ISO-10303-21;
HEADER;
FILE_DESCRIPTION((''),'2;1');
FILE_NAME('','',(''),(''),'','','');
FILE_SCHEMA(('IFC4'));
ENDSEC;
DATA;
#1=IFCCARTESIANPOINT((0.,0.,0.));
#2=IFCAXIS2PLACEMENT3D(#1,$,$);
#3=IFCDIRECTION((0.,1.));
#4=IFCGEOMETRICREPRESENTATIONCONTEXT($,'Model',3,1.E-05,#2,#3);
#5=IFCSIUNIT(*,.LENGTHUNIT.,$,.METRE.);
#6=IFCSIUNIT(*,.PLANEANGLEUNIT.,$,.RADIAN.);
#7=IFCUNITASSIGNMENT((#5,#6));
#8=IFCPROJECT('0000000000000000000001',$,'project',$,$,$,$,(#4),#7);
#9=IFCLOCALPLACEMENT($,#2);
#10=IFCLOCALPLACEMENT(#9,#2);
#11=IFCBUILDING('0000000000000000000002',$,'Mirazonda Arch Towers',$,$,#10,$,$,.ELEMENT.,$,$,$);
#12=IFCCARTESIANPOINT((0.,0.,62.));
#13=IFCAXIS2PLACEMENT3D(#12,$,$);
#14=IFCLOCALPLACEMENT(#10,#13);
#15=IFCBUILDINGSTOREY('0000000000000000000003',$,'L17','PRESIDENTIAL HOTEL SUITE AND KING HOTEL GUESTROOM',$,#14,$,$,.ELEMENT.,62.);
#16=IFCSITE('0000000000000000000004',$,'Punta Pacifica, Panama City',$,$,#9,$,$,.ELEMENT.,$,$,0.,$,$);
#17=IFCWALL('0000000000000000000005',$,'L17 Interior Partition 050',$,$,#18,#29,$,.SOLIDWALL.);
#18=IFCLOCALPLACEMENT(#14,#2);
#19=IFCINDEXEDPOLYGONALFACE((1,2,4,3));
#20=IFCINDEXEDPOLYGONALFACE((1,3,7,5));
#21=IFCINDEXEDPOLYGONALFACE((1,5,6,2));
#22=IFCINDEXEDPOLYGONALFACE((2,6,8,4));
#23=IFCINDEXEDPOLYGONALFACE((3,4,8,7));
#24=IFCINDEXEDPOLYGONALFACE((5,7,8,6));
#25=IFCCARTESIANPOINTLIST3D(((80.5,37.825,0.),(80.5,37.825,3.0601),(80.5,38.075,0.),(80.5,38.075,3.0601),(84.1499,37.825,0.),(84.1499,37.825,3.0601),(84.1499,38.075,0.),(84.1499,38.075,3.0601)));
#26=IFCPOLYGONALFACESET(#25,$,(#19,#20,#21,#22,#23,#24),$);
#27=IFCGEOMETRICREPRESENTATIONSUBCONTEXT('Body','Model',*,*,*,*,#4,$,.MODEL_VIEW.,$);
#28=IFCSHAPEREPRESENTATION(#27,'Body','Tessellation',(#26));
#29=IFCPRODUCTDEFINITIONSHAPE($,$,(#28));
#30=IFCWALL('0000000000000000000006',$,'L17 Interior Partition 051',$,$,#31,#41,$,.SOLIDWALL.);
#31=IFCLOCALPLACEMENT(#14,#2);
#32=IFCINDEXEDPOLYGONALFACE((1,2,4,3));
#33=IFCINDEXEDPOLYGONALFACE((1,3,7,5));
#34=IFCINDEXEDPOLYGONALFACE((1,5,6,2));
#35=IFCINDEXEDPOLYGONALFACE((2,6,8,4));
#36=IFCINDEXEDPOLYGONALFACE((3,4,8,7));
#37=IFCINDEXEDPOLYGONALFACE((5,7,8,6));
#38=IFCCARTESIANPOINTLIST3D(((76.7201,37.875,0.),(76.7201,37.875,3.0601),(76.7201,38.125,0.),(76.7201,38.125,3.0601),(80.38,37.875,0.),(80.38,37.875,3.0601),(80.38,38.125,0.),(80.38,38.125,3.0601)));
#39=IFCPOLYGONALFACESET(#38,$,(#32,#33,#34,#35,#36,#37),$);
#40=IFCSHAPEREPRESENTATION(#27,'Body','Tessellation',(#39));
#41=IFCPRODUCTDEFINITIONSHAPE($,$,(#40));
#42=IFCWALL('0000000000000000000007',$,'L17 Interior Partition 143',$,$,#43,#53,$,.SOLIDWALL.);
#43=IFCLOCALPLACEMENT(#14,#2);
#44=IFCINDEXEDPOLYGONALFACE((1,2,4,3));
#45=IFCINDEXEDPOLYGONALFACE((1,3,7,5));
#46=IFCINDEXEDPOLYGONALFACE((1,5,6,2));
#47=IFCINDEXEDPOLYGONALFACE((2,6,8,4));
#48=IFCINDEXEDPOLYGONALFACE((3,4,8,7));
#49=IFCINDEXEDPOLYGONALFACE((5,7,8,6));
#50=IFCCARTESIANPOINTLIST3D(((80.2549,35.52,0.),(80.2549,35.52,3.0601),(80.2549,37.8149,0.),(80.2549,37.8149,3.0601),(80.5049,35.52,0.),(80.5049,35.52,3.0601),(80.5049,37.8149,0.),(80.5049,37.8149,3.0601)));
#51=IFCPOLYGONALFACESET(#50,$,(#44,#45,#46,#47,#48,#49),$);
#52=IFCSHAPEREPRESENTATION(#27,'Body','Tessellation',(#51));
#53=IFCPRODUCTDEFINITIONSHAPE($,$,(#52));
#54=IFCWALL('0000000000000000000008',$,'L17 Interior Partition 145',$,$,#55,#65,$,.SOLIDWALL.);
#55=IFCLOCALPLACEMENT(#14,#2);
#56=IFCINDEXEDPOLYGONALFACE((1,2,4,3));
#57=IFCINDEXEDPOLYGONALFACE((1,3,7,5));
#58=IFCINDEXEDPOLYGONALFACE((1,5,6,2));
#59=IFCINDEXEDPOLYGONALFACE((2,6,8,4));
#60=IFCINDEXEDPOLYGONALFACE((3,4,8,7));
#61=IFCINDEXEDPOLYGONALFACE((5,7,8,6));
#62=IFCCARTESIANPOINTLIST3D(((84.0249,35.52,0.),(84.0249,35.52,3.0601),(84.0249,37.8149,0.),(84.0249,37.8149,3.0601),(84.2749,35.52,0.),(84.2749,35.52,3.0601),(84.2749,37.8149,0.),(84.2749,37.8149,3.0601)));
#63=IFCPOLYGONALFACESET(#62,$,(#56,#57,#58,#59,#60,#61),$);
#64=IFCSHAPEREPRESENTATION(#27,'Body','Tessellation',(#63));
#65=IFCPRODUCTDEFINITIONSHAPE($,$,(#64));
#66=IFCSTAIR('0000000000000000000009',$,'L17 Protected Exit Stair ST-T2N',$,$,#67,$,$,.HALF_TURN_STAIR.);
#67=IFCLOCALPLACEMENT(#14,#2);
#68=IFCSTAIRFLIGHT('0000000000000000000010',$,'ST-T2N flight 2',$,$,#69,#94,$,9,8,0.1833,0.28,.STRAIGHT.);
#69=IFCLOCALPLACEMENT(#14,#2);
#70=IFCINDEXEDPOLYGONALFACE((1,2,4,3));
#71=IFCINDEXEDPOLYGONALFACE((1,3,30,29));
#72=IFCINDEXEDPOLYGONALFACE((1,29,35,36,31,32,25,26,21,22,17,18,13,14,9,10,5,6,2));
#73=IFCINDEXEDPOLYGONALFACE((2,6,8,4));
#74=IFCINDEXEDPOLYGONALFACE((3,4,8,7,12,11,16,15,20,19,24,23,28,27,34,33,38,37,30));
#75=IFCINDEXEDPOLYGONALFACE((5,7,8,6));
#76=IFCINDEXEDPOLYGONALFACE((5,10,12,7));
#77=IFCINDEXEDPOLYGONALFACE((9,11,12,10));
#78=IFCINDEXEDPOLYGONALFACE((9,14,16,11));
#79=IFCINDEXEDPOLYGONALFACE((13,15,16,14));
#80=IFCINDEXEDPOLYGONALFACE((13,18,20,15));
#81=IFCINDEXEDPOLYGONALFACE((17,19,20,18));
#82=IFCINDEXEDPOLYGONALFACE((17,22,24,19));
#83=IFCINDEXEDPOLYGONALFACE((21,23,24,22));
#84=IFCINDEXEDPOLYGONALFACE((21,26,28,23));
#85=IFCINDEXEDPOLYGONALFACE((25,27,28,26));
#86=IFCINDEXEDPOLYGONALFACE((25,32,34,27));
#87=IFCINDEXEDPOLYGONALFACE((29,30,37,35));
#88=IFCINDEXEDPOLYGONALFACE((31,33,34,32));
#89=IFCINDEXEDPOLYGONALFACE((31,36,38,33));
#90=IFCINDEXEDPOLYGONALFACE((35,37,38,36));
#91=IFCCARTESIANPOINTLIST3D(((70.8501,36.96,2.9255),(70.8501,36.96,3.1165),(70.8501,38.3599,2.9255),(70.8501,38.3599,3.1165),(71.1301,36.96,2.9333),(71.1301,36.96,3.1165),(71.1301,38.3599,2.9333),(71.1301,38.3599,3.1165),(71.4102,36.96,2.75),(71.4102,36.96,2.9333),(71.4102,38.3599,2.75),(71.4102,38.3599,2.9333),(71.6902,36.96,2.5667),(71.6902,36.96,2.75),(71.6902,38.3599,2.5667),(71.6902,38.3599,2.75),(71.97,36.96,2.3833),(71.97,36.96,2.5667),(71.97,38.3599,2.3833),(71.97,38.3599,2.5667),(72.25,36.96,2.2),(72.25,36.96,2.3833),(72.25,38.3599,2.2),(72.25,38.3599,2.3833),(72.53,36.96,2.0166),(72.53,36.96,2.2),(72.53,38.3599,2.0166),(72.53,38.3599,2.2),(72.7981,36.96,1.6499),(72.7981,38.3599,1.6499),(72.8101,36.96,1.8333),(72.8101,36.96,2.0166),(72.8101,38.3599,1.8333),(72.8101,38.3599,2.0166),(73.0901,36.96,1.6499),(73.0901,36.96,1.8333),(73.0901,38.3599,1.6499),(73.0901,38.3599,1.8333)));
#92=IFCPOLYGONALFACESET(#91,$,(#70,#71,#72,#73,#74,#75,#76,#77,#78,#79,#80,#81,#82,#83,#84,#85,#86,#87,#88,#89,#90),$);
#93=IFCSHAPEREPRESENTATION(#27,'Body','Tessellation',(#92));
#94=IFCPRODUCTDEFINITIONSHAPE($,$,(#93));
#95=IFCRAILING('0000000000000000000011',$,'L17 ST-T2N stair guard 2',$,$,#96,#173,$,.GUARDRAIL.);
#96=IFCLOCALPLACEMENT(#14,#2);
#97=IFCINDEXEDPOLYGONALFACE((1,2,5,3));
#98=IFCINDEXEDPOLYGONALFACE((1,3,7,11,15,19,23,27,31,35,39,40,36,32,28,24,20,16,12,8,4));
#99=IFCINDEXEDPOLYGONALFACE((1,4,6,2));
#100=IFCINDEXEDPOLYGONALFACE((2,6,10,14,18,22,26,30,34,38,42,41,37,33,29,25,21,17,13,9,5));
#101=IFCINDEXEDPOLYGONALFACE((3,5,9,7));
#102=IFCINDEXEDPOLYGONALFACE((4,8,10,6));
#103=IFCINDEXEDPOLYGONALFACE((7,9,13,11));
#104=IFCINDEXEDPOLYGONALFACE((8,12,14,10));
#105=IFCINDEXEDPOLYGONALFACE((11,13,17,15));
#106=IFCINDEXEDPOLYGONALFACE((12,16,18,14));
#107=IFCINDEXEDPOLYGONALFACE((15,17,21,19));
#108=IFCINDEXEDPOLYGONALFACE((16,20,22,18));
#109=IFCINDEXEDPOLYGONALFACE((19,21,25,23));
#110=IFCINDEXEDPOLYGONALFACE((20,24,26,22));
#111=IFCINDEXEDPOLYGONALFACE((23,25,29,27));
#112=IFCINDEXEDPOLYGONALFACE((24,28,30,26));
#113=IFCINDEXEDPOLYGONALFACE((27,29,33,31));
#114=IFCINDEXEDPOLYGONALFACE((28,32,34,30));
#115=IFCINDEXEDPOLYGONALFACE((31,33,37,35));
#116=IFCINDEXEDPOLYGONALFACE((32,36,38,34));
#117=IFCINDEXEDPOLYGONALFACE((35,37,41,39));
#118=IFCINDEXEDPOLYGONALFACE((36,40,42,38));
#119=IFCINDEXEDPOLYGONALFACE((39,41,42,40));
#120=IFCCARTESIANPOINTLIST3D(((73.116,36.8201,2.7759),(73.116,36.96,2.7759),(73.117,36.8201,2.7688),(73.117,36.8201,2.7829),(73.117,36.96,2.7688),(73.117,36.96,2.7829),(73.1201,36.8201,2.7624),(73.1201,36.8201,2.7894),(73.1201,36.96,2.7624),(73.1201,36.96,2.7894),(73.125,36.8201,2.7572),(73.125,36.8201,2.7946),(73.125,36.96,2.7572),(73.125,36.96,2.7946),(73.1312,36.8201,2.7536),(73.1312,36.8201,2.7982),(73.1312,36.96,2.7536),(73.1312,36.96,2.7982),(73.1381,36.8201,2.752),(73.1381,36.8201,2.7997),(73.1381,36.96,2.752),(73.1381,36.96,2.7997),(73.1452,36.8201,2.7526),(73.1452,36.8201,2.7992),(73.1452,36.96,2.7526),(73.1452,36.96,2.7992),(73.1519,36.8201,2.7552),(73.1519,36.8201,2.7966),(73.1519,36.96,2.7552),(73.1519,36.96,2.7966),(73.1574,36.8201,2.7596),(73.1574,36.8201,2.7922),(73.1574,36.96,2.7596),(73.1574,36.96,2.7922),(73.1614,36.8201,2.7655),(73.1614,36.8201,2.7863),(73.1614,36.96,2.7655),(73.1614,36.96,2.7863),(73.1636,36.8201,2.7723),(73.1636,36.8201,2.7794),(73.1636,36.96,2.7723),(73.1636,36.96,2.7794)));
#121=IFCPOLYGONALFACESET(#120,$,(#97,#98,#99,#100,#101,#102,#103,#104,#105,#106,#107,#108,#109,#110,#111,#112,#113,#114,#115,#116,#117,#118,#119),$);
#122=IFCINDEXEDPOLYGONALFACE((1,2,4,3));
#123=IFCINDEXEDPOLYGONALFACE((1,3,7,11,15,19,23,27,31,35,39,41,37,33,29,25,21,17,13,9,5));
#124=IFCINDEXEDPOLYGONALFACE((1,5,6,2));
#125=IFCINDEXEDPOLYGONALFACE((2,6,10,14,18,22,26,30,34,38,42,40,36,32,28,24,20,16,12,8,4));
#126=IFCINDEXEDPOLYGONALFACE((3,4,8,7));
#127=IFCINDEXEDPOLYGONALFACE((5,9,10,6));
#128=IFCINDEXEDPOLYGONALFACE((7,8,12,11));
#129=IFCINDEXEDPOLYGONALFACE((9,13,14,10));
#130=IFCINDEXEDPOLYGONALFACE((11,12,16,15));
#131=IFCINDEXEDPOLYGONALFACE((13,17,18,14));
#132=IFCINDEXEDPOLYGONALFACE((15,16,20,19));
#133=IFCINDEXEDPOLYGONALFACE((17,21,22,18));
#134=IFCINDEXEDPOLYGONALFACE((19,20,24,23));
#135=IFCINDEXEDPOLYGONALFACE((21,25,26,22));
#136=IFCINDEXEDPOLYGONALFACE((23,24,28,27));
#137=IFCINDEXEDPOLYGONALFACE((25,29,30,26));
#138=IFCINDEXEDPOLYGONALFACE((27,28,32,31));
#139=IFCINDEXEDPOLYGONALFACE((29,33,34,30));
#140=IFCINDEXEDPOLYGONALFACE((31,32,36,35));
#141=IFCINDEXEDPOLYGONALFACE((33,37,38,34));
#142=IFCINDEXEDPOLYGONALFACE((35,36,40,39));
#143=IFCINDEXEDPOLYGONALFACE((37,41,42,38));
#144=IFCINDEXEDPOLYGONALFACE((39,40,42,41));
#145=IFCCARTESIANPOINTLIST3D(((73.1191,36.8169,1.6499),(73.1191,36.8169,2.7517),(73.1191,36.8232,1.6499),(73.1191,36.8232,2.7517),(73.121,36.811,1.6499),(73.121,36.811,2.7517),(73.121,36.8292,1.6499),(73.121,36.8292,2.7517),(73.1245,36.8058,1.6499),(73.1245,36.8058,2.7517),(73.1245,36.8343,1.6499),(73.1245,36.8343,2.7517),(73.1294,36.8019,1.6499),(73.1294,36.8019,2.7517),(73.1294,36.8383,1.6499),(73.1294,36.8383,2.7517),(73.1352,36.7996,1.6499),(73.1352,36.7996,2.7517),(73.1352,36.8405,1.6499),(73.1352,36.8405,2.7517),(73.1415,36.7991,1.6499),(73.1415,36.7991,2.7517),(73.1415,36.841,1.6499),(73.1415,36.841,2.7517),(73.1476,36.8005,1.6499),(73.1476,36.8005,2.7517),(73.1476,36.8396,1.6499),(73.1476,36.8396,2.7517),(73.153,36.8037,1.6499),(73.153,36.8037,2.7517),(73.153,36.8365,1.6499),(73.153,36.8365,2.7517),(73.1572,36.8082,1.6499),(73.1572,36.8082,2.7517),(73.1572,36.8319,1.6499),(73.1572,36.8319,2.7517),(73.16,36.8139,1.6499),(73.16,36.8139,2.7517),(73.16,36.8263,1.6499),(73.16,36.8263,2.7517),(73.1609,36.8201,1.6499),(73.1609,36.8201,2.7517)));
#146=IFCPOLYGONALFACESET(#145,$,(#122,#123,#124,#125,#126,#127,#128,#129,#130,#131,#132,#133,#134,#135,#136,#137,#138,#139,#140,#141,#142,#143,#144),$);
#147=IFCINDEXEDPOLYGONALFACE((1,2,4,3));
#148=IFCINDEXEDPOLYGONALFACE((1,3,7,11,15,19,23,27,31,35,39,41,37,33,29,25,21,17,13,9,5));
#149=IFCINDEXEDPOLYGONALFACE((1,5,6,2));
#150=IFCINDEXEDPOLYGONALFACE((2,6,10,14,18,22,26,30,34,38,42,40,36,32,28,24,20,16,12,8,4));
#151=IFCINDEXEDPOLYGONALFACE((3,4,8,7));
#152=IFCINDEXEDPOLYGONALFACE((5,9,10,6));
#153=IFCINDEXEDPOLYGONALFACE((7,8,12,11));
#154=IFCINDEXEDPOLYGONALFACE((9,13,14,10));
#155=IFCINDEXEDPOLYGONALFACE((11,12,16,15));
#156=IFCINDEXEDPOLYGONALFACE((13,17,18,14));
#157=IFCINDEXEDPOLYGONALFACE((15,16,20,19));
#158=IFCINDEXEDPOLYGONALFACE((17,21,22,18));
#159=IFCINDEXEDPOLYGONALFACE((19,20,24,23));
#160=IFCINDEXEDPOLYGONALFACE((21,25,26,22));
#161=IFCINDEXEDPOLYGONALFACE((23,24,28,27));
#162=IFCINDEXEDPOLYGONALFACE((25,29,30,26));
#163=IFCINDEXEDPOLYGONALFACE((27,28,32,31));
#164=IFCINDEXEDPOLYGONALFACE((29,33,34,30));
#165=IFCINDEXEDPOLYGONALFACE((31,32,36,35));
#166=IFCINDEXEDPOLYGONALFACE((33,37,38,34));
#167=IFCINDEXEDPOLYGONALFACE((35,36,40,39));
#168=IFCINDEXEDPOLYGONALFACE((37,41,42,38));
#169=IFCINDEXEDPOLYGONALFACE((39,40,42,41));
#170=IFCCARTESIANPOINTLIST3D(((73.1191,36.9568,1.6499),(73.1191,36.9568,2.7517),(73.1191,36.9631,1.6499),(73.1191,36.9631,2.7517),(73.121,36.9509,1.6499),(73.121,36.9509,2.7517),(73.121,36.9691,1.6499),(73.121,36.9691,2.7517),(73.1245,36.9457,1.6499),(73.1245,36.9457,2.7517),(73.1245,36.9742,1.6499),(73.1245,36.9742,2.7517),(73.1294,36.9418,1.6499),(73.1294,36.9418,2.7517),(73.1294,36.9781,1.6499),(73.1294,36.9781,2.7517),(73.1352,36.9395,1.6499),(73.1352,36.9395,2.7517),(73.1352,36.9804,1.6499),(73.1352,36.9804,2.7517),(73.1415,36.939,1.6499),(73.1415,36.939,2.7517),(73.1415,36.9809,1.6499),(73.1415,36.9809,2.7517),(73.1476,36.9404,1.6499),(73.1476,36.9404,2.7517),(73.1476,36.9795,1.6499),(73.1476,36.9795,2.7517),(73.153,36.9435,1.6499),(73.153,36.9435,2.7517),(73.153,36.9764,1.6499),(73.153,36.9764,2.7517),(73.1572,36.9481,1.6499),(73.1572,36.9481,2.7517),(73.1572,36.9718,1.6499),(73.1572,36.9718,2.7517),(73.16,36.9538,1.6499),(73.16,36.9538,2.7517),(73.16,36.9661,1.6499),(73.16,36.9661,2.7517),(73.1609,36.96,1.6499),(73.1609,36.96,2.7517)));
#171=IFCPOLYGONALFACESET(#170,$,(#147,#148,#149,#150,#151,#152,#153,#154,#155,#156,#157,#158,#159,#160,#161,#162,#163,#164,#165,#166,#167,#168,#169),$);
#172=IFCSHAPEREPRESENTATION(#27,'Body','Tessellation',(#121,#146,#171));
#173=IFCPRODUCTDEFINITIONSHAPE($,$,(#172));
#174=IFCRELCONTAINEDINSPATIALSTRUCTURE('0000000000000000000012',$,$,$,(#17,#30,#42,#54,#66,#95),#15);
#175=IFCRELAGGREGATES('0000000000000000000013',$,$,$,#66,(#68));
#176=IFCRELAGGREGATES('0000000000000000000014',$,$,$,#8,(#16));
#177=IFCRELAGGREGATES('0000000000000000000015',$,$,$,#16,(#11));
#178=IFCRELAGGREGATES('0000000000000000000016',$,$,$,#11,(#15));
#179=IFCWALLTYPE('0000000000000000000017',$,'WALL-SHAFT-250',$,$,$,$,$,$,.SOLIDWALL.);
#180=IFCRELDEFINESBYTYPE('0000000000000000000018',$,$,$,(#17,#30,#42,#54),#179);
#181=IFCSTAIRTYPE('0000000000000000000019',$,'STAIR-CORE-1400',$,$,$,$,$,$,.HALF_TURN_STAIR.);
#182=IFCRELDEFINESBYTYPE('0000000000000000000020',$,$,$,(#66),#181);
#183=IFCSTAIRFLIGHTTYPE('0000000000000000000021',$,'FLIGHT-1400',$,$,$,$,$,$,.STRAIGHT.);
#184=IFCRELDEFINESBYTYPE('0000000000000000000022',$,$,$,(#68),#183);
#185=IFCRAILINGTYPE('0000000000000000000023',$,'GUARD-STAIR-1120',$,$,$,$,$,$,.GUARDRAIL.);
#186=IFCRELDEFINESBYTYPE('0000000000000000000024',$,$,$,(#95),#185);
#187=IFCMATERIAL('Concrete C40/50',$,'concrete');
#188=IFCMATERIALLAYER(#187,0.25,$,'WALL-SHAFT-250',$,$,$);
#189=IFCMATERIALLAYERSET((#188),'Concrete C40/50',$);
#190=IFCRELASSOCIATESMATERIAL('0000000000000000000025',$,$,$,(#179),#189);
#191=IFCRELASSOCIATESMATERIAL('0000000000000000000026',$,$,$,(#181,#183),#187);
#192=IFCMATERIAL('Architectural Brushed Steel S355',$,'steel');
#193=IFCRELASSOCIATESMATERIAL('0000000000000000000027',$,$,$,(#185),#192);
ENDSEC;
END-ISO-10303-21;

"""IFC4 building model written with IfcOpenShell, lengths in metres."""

from ifc_helpers import new_model, si_unit, direction, frame, frame_2d, origin, origin_2d, place, context, subcontext, project, spatial, polyline, rectangle, circle, outline, extrude, material, layer, layer_set, type_object, element, aggregate, save


model = new_model("IFC4")

# Units and contexts
model_context = context("Model", 3, precision=1e-05, world=origin(), true_north=direction((0.0, 1.0)))
body_context = subcontext(model_context, "Body", "Model", "MODEL_VIEW")
ifc_project = project(units=[si_unit("LENGTHUNIT", "METRE"), si_unit("PLANEANGLEUNIT", "RADIAN")], contexts=[model_context])

# Site, building, storey
site_placement = place(None, origin())
site = spatial("IfcSite", under=ifc_project, at=site_placement, Name="Punta Pacifica, Panama City", CompositionType="ELEMENT", RefElevation=0.0)
building_placement = place(site_placement, origin())
building = spatial("IfcBuilding", under=site, at=building_placement, Name="Mirazonda Arch Towers", CompositionType="ELEMENT")
storey_placement = place(building_placement, frame((0.0, 0.0, 62.0)))
storey = spatial("IfcBuildingStorey", under=building, at=storey_placement, Name="L17", Description="PRESIDENTIAL HOTEL SUITE AND KING HOTEL GUESTROOM", CompositionType="ELEMENT", Elevation=62.0)

# Shared definitions
ifc_material_1 = material(Name="Concrete C40/50", Category="concrete")
ifc_material_2 = material(Name="Architectural Brushed Steel S355", Category="steel")

# Walls
ifc_layer_1 = layer(ifc_material_1, 0.25, Name="WALL-SHAFT-250")
ifc_layer_set_1 = layer_set([ifc_layer_1], Name="Concrete C40/50")
wall_type_1 = type_object("IfcWallType", Name="WALL-SHAFT-250", PredefinedType="SOLIDWALL", material=ifc_layer_set_1)
wall_1_placement = place(storey_placement, frame((80.5, 37.95, 0.0), z_axis=(0.0, 0.0, 1.0), x_axis=(1.0, 0.0, 0.0)))
element("IfcWall", 1, at=wall_1_placement, inside=storey, type_object=wall_type_1, Name="L17 Interior Partition 050", PredefinedType="SOLIDWALL", context=body_context, shape_type="SweptSolid", body=[
    extrude(rectangle(XDim=3.6499, YDim=0.25, at=frame_2d((1.825, 0.0))), origin(), (0.0, 0.0, 1.0), 3.0601),
])
wall_2_placement = place(storey_placement, frame((76.72, 38.0, 0.0), z_axis=(0.0, 0.0, 1.0), x_axis=(1.0, 0.0, 0.0)))
element("IfcWall", 2, at=wall_2_placement, inside=storey, type_object=wall_type_1, Name="L17 Interior Partition 051", PredefinedType="SOLIDWALL", context=body_context, shape_type="SweptSolid", body=[
    extrude(rectangle(XDim=3.6599, YDim=0.25, at=frame_2d((1.8301, 0.0))), origin(), (0.0, 0.0, 1.0), 3.0601),
])
for number, where, z_axis, x_axis, name in (
    (3, (80.3799, 35.52, 0.0), (0.0, 0.0, 1.0), (0.0, 1.0, 0.0), "L17 Interior Partition 143"),
    (4, (84.1499, 35.52, 0.0), (0.0, 0.0, 1.0), (0.0, 1.0, 0.0), "L17 Interior Partition 145"),
):
    element("IfcWall", number, at=place(storey_placement, frame(where, z_axis=z_axis, x_axis=x_axis)), inside=storey, type_object=wall_type_1, Name=name, PredefinedType="SOLIDWALL", context=body_context, shape_type="SweptSolid", body=[
        extrude(rectangle(XDim=2.2949, YDim=0.25, at=frame_2d((1.1475, 0.0))), origin(), (0.0, 0.0, 1.0), 3.0601),
    ])

# Stair, stair flight
stair_type = type_object("IfcStairType", Name="STAIR-CORE-1400", PredefinedType="HALF_TURN_STAIR", material=ifc_material_1)
stair_placement = place(storey_placement, origin())
stair = element("IfcStair", 5, at=stair_placement, inside=storey, type_object=stair_type, Name="L17 Protected Exit Stair ST-T2N", PredefinedType="HALF_TURN_STAIR")
stair_flight_type = type_object("IfcStairFlightType", Name="FLIGHT-1400", PredefinedType="STRAIGHT", material=ifc_material_1)
stair_flight_placement = place(storey_placement, frame((73.0901, 37.6599, 1.6499), z_axis=(0.0, 0.0, 1.0), x_axis=(-1.0, 0.0, 0.0)))
stair_flight = element("IfcStairFlight", 6, at=stair_flight_placement, type_object=stair_flight_type, Name="ST-T2N flight 2", NumberOfRisers=9, NumberOfTreads=8, PredefinedType="STRAIGHT", RiserHeight=0.1833, TreadLength=0.28, context=body_context, shape_type="SweptSolid", body=[
    extrude(outline(polyline([(0.0, 0.0), (0.0, 0.1833), (0.28, 0.1833), (0.28, 0.3667), (0.5601, 0.3667), (0.5601, 0.55), (0.8401, 0.55), (0.8401, 0.7334), (1.1201, 0.7334), (1.1201, 0.9167), (1.3999, 0.9167), (1.3999, 1.1001), (1.6799, 1.1001), (1.6799, 1.2834), (1.96, 1.2834), (1.96, 1.4666), (2.24, 1.4666), (2.24, 1.6499), (2.24, 1.2756), (0.292, 0.0), (0.0, 0.0)])), frame((0.0, 0.7, 0.0), z_axis=(0.0, -1.0, 0.0), x_axis=(1.0, 0.0, 0.0)), (0.0, 0.0, 1.0), 1.3999),
])
aggregate(stair, [stair_flight])

# Railing
railing_type_1 = type_object("IfcRailingType", Name="GUARD-STAIR-1120", PredefinedType="GUARDRAIL", material=ifc_material_2)
railing_1_placement = place(storey_placement, frame((73.1399, 36.8201, 1.6499)))
element("IfcRailing", 7, at=railing_1_placement, inside=storey, type_object=railing_type_1, Name="L17 ST-T2N stair guard 2", PredefinedType="GUARDRAIL", context=body_context, shape_type="SweptSolid", body=[
    extrude(circle(Radius=0.0239, at=origin_2d()), frame((0.0, 0.0, 1.126), z_axis=(0.0, 1.0, 0.0), x_axis=(-1.0, 0.0, 0.0)), (0.0, 0.0, 1.0), 0.1399),
    extrude(circle(Radius=0.021, at=origin_2d()), origin(), (0.0, 0.0, 1.0), 1.1018),
    extrude(circle(Radius=0.021, at=origin_2d()), frame((0.0, 0.1399, 0.0)), (0.0, 0.0, 1.0), 1.1018),
])

save(model, "model.ifc")
